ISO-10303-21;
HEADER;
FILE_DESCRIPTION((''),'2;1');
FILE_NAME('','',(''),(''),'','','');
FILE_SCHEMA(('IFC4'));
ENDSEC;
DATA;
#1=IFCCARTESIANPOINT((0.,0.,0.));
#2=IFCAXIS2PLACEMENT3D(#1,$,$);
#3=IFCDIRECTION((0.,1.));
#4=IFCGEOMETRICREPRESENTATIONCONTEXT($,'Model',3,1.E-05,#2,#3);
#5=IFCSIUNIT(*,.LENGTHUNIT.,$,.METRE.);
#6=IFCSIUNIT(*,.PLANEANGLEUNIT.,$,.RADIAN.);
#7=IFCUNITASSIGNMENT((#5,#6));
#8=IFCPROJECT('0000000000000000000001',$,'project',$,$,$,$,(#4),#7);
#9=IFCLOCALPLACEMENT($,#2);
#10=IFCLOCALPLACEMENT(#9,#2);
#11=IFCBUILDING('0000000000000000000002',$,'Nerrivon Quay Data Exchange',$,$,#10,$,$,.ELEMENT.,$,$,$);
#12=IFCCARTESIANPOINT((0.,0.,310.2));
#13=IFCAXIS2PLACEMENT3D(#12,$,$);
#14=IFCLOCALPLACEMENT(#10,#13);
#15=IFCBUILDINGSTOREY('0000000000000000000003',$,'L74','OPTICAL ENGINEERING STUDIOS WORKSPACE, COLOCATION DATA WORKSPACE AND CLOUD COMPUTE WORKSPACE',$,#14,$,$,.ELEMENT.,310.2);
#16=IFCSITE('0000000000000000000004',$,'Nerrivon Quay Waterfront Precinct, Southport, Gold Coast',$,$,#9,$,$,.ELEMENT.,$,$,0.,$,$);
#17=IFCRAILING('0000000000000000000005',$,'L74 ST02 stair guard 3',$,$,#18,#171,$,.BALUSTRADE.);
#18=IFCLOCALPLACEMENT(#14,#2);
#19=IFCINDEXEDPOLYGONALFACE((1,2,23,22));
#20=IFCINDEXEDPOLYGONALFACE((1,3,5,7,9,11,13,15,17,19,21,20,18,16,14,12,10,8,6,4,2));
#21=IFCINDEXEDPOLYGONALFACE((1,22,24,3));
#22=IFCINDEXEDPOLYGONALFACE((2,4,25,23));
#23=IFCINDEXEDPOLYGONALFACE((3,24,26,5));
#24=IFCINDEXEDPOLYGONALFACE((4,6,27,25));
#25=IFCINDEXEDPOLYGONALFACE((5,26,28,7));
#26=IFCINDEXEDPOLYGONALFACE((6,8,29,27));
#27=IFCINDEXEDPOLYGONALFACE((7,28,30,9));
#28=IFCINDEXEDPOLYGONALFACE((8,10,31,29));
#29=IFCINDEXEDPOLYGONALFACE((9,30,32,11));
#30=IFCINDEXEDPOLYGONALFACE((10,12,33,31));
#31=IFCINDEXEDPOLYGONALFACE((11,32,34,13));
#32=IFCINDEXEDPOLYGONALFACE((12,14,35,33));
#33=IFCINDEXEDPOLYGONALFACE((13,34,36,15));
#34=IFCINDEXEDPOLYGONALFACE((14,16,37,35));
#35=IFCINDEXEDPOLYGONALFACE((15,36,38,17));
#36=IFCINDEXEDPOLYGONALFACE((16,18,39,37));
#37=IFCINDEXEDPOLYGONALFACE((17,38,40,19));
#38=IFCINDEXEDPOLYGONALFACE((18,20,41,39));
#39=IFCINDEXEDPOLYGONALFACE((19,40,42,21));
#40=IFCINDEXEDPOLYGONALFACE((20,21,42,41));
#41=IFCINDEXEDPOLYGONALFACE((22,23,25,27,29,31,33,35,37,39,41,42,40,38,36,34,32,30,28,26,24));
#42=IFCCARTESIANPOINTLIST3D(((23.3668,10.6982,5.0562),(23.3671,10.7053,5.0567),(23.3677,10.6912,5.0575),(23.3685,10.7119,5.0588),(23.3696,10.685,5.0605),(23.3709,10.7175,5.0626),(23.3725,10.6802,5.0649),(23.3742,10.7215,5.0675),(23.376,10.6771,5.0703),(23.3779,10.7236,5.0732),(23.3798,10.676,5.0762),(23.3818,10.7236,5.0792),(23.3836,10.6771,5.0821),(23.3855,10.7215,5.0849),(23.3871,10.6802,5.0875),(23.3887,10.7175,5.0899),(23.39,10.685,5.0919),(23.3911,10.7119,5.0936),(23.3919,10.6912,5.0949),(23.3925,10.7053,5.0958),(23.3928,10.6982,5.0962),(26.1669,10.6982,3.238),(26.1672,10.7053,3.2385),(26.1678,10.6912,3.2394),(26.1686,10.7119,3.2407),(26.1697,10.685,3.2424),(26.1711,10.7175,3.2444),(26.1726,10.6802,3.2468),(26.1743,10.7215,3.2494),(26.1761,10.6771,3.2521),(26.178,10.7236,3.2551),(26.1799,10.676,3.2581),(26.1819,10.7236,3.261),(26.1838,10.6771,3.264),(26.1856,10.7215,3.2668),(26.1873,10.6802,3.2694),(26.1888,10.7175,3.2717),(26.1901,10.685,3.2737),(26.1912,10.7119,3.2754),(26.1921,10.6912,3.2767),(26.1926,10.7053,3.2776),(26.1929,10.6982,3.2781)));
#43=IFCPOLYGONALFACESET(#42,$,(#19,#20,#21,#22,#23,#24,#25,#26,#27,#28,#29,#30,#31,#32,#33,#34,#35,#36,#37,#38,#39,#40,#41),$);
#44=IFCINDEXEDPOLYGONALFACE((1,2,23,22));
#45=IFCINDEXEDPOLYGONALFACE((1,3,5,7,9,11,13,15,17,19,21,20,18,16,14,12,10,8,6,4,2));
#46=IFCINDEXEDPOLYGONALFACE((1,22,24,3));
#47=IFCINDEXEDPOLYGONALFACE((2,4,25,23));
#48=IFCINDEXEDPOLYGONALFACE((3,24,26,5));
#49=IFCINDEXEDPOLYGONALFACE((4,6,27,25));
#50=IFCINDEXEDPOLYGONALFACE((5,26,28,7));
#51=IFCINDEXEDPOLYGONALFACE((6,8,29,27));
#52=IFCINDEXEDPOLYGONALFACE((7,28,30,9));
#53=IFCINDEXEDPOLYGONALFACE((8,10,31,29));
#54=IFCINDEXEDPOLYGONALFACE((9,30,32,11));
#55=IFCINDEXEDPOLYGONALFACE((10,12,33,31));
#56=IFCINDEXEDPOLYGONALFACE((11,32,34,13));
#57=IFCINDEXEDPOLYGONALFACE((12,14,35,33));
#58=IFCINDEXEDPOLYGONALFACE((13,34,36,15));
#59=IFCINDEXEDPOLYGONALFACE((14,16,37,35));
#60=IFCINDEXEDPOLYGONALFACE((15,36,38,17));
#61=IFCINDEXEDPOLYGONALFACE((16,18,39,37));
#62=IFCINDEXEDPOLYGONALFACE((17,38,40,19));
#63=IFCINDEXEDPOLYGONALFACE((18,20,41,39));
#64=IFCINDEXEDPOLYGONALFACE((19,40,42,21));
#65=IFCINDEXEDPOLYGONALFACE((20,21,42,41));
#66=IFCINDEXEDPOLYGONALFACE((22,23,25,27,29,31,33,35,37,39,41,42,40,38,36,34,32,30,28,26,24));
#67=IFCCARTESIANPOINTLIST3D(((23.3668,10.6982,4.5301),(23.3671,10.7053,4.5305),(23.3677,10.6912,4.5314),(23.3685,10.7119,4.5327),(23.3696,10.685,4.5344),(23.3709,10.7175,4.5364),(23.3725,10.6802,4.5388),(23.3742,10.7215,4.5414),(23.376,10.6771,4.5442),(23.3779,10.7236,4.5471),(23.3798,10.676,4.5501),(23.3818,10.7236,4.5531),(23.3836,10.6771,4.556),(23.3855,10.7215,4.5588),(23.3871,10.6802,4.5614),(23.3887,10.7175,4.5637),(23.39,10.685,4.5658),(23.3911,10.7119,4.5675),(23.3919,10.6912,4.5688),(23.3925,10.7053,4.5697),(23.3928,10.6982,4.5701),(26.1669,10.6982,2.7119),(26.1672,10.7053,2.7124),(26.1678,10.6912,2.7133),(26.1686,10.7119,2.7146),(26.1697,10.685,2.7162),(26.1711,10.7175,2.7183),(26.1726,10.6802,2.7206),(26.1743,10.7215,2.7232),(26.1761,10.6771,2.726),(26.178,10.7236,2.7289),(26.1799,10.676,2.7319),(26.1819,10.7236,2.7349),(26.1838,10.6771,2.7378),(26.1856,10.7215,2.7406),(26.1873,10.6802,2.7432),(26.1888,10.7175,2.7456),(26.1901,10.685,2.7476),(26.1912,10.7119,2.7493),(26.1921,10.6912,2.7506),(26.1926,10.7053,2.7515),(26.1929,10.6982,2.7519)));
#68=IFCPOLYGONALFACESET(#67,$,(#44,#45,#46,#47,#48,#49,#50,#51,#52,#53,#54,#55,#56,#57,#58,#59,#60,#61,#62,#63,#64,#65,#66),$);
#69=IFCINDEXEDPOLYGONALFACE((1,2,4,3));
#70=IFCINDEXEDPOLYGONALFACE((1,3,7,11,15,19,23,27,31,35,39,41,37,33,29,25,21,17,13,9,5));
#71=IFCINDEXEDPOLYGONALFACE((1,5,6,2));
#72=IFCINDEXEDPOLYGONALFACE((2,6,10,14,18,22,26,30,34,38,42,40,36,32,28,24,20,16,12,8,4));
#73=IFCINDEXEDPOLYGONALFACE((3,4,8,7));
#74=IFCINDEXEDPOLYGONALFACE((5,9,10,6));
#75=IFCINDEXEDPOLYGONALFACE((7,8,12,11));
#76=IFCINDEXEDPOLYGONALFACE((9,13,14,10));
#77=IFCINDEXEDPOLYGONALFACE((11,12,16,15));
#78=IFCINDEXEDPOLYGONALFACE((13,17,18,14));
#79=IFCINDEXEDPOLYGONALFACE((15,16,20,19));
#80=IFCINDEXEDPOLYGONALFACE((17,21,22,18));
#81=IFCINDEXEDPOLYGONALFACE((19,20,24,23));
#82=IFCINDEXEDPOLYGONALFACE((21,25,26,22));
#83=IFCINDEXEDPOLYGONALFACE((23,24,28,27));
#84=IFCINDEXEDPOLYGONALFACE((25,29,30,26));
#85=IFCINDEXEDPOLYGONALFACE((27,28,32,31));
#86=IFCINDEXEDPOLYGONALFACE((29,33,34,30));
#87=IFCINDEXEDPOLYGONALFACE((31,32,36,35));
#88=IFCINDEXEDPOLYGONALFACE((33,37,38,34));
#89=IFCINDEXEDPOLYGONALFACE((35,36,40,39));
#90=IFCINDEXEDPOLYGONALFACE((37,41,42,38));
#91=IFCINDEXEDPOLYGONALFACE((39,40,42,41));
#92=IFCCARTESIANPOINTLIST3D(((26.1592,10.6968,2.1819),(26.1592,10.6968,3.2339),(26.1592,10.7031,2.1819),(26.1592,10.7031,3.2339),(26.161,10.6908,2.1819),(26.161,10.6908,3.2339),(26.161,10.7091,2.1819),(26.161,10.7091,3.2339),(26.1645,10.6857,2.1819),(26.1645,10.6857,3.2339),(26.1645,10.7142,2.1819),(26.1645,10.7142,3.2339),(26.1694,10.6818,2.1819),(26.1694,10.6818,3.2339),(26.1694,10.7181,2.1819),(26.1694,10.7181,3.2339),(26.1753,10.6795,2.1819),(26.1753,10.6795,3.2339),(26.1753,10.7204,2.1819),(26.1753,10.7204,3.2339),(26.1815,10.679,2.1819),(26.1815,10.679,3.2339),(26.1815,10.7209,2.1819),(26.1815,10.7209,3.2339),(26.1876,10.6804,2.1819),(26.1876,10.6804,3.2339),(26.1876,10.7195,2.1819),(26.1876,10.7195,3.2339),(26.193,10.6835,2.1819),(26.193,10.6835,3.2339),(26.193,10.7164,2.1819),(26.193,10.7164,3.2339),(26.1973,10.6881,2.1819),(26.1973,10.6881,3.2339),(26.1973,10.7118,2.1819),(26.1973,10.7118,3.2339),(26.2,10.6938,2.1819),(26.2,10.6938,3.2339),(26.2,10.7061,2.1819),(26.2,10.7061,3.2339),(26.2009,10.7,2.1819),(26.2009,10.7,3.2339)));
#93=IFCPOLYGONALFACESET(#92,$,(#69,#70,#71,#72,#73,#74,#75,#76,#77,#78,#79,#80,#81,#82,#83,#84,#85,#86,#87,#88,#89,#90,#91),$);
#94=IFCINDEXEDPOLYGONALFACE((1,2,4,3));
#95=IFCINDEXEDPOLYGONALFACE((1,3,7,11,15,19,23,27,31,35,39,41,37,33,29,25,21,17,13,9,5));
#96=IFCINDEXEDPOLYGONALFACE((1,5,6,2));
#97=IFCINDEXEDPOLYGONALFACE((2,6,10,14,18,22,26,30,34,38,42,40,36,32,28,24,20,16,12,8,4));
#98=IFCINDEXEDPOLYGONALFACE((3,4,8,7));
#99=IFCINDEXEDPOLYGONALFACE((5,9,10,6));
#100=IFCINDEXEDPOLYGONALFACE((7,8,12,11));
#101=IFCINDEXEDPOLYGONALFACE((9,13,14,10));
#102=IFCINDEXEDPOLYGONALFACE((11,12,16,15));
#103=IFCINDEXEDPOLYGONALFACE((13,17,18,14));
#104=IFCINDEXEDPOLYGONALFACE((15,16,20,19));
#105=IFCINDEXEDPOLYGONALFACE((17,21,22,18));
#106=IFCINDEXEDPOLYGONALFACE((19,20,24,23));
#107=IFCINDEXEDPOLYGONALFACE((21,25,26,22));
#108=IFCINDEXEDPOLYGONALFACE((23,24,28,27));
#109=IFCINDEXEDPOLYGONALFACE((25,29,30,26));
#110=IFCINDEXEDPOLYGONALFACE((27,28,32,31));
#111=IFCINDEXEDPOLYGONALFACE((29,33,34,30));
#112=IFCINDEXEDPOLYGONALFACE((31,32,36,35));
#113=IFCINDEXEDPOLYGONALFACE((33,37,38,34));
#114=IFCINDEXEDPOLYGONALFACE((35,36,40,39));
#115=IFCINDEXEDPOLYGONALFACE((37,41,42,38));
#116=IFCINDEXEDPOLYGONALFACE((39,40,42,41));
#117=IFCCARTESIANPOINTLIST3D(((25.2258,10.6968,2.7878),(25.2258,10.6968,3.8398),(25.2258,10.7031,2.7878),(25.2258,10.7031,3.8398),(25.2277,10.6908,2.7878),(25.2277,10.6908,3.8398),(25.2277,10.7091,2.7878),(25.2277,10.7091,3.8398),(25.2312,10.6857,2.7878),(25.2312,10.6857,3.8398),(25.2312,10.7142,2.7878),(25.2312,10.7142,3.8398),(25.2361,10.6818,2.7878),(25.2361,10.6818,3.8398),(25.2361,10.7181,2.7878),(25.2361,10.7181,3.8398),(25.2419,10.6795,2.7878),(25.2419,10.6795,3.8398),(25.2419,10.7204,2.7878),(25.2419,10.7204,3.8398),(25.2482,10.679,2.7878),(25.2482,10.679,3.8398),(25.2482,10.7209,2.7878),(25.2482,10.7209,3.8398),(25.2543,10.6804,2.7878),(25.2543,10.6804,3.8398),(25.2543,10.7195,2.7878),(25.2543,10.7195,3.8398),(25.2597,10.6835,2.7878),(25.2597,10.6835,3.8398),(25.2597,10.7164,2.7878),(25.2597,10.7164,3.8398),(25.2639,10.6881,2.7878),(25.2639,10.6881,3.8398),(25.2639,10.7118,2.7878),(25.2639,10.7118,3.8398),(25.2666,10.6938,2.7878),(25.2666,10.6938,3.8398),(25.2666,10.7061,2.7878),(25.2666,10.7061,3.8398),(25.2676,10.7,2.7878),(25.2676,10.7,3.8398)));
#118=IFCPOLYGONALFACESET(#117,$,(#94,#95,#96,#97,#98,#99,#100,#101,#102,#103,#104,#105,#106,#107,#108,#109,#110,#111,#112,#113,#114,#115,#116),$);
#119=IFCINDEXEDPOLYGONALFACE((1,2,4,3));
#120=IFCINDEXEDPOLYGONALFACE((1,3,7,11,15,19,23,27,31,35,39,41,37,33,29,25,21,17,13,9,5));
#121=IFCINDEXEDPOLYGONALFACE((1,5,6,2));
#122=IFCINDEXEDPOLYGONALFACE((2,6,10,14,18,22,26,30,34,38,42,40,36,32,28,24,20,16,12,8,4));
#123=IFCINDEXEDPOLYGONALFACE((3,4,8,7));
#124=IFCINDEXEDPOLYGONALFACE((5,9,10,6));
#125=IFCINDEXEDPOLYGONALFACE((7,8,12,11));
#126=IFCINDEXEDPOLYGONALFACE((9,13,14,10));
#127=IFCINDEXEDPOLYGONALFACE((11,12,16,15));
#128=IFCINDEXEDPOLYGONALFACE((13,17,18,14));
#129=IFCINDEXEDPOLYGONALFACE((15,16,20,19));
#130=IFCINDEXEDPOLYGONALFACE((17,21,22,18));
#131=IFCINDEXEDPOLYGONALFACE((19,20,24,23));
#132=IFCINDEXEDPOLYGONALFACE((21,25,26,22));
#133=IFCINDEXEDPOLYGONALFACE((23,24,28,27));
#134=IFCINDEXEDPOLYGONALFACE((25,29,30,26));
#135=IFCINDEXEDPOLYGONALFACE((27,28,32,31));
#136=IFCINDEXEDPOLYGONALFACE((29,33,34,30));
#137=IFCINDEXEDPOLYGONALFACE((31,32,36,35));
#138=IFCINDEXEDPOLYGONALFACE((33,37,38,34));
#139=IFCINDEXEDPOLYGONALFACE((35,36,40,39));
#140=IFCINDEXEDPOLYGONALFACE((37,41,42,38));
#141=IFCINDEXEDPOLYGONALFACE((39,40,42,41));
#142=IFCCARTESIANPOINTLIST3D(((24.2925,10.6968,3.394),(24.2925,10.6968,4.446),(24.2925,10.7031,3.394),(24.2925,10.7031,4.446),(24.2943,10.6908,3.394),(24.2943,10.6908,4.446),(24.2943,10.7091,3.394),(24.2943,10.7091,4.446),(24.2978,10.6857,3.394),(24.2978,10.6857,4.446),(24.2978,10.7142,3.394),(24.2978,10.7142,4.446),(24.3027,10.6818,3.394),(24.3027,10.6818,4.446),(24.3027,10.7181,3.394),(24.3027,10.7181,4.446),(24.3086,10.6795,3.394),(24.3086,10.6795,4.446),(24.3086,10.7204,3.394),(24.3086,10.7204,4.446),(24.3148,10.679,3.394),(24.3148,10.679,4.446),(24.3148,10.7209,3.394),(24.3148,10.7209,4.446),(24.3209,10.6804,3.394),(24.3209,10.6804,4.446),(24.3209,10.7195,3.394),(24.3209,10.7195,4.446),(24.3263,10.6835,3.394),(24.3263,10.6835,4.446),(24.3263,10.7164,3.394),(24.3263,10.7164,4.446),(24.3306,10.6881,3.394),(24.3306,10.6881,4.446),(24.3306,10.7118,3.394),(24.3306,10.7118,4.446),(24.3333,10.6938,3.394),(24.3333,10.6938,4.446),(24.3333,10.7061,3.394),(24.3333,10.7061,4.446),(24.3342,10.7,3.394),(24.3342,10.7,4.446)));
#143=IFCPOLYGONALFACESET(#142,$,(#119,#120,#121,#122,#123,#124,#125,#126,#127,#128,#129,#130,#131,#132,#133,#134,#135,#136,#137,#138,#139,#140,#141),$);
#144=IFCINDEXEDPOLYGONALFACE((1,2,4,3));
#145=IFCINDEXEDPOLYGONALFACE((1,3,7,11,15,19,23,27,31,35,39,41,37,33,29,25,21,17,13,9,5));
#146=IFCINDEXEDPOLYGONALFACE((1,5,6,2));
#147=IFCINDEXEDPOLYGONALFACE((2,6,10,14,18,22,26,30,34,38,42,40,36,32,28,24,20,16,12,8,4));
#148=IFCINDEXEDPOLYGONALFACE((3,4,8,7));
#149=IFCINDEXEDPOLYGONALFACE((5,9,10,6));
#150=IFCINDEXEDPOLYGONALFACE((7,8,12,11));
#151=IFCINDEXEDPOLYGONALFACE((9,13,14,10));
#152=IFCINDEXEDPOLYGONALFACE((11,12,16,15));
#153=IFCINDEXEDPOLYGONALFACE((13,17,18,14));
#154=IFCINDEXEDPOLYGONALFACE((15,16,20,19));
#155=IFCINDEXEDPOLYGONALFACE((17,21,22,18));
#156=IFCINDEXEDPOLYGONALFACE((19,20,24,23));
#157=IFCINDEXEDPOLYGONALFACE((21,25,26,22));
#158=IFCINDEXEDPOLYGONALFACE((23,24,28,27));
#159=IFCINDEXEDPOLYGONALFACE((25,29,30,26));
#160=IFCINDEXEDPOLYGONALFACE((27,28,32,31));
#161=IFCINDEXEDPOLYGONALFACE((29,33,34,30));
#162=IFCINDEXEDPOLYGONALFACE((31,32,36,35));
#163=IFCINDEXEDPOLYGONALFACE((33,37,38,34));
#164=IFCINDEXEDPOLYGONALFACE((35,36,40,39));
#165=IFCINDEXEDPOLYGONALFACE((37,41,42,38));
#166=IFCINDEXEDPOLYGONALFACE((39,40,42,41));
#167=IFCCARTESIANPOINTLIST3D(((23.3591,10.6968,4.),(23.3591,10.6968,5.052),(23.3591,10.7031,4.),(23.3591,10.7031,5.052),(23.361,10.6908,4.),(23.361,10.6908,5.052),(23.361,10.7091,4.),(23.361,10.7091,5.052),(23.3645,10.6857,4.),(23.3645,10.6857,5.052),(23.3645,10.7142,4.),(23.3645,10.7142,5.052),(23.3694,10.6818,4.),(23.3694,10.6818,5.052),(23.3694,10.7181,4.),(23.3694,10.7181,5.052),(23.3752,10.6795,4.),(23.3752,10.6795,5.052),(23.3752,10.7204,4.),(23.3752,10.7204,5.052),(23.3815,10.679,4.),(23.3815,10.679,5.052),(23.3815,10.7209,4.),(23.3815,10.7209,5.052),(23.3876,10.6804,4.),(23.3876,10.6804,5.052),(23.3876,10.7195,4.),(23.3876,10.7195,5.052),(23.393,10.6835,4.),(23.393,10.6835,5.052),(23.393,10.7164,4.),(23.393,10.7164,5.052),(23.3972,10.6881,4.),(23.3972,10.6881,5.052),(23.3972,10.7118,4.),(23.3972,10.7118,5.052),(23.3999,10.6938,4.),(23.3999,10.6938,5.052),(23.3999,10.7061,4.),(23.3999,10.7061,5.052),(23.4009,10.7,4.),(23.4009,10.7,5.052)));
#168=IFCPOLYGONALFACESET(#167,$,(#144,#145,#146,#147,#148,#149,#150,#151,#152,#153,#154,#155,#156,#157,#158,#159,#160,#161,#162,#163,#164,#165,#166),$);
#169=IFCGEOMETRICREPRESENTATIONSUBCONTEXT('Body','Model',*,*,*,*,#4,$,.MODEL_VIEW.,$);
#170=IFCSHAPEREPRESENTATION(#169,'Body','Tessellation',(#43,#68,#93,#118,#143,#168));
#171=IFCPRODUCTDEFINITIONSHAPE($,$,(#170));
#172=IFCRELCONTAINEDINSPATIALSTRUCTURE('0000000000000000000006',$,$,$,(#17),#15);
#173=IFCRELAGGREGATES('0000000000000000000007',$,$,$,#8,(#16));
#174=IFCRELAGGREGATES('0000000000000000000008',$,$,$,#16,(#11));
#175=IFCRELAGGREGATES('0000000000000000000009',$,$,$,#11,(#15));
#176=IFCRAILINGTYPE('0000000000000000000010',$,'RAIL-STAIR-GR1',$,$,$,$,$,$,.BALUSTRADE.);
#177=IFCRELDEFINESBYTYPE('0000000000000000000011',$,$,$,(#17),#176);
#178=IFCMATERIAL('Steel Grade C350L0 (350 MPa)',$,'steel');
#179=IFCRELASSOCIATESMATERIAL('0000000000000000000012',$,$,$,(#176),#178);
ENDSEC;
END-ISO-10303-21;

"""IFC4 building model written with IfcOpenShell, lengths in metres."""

from ifc_helpers import new_model, si_unit, direction, frame, origin, origin_2d, place, context, subcontext, project, spatial, circle, extrude, material, type_object, element, save


model = new_model("IFC4")

# Units and contexts
model_context = context("Model", 3, precision=1e-05, world=origin(), true_north=direction((0.0, 1.0)))
body_context = subcontext(model_context, "Body", "Model", "MODEL_VIEW")
ifc_project = project(units=[si_unit("LENGTHUNIT", "METRE"), si_unit("PLANEANGLEUNIT", "RADIAN")], contexts=[model_context])

# Site, building, storey
site_placement = place(None, origin())
site = spatial("IfcSite", under=ifc_project, at=site_placement, Name="Nerrivon Quay Waterfront Precinct, Southport, Gold Coast", CompositionType="ELEMENT", RefElevation=0.0)
building_placement = place(site_placement, origin())
building = spatial("IfcBuilding", under=site, at=building_placement, Name="Nerrivon Quay Data Exchange", CompositionType="ELEMENT")
storey_placement = place(building_placement, frame((0.0, 0.0, 310.2)))
storey = spatial("IfcBuildingStorey", under=building, at=storey_placement, Name="L74", Description="OPTICAL ENGINEERING STUDIOS WORKSPACE, COLOCATION DATA WORKSPACE AND CLOUD COMPUTE WORKSPACE", CompositionType="ELEMENT", Elevation=310.2)

# Railing
ifc_material_1 = material(Name="Steel Grade C350L0 (350 MPa)", Category="steel")
railing_type_1 = type_object("IfcRailingType", Name="RAIL-STAIR-GR1", PredefinedType="BALUSTRADE", material=ifc_material_1)
railing_1_placement = place(storey_placement, frame((26.1799, 10.7, 2.1819)))
element("IfcRailing", 1, at=railing_1_placement, inside=storey, type_object=railing_type_1, Name="L74 ST02 stair guard 3", PredefinedType="BALUSTRADE", context=body_context, shape_type="SweptSolid", body=[
    extrude(circle(Radius=0.0239, at=origin_2d()), frame((0.0, 0.0, 1.0762), z_axis=(-0.838706, 0.0, 0.544585), x_axis=(0.0, -1.0, 0.0)), (0.0, 0.0, 1.0), 3.3386),
    extrude(circle(Radius=0.0239, at=origin_2d()), frame((0.0, 0.0, 0.55), z_axis=(-0.838706, 0.0, 0.544585), x_axis=(0.0, -1.0, 0.0)), (0.0, 0.0, 1.0), 3.3386),
    extrude(circle(Radius=0.021, at=origin_2d()), origin(), (0.0, 0.0, 1.0), 1.052),
    extrude(circle(Radius=0.021, at=origin_2d()), frame((-0.9333, 0.0, 0.606)), (0.0, 0.0, 1.0), 1.052),
    extrude(circle(Radius=0.021, at=origin_2d()), frame((-1.8667, 0.0, 1.2122)), (0.0, 0.0, 1.0), 1.052),
    extrude(circle(Radius=0.021, at=origin_2d()), frame((-2.8, 0.0, 1.8181)), (0.0, 0.0, 1.0), 1.052),
])

save(model, "model.ifc")
